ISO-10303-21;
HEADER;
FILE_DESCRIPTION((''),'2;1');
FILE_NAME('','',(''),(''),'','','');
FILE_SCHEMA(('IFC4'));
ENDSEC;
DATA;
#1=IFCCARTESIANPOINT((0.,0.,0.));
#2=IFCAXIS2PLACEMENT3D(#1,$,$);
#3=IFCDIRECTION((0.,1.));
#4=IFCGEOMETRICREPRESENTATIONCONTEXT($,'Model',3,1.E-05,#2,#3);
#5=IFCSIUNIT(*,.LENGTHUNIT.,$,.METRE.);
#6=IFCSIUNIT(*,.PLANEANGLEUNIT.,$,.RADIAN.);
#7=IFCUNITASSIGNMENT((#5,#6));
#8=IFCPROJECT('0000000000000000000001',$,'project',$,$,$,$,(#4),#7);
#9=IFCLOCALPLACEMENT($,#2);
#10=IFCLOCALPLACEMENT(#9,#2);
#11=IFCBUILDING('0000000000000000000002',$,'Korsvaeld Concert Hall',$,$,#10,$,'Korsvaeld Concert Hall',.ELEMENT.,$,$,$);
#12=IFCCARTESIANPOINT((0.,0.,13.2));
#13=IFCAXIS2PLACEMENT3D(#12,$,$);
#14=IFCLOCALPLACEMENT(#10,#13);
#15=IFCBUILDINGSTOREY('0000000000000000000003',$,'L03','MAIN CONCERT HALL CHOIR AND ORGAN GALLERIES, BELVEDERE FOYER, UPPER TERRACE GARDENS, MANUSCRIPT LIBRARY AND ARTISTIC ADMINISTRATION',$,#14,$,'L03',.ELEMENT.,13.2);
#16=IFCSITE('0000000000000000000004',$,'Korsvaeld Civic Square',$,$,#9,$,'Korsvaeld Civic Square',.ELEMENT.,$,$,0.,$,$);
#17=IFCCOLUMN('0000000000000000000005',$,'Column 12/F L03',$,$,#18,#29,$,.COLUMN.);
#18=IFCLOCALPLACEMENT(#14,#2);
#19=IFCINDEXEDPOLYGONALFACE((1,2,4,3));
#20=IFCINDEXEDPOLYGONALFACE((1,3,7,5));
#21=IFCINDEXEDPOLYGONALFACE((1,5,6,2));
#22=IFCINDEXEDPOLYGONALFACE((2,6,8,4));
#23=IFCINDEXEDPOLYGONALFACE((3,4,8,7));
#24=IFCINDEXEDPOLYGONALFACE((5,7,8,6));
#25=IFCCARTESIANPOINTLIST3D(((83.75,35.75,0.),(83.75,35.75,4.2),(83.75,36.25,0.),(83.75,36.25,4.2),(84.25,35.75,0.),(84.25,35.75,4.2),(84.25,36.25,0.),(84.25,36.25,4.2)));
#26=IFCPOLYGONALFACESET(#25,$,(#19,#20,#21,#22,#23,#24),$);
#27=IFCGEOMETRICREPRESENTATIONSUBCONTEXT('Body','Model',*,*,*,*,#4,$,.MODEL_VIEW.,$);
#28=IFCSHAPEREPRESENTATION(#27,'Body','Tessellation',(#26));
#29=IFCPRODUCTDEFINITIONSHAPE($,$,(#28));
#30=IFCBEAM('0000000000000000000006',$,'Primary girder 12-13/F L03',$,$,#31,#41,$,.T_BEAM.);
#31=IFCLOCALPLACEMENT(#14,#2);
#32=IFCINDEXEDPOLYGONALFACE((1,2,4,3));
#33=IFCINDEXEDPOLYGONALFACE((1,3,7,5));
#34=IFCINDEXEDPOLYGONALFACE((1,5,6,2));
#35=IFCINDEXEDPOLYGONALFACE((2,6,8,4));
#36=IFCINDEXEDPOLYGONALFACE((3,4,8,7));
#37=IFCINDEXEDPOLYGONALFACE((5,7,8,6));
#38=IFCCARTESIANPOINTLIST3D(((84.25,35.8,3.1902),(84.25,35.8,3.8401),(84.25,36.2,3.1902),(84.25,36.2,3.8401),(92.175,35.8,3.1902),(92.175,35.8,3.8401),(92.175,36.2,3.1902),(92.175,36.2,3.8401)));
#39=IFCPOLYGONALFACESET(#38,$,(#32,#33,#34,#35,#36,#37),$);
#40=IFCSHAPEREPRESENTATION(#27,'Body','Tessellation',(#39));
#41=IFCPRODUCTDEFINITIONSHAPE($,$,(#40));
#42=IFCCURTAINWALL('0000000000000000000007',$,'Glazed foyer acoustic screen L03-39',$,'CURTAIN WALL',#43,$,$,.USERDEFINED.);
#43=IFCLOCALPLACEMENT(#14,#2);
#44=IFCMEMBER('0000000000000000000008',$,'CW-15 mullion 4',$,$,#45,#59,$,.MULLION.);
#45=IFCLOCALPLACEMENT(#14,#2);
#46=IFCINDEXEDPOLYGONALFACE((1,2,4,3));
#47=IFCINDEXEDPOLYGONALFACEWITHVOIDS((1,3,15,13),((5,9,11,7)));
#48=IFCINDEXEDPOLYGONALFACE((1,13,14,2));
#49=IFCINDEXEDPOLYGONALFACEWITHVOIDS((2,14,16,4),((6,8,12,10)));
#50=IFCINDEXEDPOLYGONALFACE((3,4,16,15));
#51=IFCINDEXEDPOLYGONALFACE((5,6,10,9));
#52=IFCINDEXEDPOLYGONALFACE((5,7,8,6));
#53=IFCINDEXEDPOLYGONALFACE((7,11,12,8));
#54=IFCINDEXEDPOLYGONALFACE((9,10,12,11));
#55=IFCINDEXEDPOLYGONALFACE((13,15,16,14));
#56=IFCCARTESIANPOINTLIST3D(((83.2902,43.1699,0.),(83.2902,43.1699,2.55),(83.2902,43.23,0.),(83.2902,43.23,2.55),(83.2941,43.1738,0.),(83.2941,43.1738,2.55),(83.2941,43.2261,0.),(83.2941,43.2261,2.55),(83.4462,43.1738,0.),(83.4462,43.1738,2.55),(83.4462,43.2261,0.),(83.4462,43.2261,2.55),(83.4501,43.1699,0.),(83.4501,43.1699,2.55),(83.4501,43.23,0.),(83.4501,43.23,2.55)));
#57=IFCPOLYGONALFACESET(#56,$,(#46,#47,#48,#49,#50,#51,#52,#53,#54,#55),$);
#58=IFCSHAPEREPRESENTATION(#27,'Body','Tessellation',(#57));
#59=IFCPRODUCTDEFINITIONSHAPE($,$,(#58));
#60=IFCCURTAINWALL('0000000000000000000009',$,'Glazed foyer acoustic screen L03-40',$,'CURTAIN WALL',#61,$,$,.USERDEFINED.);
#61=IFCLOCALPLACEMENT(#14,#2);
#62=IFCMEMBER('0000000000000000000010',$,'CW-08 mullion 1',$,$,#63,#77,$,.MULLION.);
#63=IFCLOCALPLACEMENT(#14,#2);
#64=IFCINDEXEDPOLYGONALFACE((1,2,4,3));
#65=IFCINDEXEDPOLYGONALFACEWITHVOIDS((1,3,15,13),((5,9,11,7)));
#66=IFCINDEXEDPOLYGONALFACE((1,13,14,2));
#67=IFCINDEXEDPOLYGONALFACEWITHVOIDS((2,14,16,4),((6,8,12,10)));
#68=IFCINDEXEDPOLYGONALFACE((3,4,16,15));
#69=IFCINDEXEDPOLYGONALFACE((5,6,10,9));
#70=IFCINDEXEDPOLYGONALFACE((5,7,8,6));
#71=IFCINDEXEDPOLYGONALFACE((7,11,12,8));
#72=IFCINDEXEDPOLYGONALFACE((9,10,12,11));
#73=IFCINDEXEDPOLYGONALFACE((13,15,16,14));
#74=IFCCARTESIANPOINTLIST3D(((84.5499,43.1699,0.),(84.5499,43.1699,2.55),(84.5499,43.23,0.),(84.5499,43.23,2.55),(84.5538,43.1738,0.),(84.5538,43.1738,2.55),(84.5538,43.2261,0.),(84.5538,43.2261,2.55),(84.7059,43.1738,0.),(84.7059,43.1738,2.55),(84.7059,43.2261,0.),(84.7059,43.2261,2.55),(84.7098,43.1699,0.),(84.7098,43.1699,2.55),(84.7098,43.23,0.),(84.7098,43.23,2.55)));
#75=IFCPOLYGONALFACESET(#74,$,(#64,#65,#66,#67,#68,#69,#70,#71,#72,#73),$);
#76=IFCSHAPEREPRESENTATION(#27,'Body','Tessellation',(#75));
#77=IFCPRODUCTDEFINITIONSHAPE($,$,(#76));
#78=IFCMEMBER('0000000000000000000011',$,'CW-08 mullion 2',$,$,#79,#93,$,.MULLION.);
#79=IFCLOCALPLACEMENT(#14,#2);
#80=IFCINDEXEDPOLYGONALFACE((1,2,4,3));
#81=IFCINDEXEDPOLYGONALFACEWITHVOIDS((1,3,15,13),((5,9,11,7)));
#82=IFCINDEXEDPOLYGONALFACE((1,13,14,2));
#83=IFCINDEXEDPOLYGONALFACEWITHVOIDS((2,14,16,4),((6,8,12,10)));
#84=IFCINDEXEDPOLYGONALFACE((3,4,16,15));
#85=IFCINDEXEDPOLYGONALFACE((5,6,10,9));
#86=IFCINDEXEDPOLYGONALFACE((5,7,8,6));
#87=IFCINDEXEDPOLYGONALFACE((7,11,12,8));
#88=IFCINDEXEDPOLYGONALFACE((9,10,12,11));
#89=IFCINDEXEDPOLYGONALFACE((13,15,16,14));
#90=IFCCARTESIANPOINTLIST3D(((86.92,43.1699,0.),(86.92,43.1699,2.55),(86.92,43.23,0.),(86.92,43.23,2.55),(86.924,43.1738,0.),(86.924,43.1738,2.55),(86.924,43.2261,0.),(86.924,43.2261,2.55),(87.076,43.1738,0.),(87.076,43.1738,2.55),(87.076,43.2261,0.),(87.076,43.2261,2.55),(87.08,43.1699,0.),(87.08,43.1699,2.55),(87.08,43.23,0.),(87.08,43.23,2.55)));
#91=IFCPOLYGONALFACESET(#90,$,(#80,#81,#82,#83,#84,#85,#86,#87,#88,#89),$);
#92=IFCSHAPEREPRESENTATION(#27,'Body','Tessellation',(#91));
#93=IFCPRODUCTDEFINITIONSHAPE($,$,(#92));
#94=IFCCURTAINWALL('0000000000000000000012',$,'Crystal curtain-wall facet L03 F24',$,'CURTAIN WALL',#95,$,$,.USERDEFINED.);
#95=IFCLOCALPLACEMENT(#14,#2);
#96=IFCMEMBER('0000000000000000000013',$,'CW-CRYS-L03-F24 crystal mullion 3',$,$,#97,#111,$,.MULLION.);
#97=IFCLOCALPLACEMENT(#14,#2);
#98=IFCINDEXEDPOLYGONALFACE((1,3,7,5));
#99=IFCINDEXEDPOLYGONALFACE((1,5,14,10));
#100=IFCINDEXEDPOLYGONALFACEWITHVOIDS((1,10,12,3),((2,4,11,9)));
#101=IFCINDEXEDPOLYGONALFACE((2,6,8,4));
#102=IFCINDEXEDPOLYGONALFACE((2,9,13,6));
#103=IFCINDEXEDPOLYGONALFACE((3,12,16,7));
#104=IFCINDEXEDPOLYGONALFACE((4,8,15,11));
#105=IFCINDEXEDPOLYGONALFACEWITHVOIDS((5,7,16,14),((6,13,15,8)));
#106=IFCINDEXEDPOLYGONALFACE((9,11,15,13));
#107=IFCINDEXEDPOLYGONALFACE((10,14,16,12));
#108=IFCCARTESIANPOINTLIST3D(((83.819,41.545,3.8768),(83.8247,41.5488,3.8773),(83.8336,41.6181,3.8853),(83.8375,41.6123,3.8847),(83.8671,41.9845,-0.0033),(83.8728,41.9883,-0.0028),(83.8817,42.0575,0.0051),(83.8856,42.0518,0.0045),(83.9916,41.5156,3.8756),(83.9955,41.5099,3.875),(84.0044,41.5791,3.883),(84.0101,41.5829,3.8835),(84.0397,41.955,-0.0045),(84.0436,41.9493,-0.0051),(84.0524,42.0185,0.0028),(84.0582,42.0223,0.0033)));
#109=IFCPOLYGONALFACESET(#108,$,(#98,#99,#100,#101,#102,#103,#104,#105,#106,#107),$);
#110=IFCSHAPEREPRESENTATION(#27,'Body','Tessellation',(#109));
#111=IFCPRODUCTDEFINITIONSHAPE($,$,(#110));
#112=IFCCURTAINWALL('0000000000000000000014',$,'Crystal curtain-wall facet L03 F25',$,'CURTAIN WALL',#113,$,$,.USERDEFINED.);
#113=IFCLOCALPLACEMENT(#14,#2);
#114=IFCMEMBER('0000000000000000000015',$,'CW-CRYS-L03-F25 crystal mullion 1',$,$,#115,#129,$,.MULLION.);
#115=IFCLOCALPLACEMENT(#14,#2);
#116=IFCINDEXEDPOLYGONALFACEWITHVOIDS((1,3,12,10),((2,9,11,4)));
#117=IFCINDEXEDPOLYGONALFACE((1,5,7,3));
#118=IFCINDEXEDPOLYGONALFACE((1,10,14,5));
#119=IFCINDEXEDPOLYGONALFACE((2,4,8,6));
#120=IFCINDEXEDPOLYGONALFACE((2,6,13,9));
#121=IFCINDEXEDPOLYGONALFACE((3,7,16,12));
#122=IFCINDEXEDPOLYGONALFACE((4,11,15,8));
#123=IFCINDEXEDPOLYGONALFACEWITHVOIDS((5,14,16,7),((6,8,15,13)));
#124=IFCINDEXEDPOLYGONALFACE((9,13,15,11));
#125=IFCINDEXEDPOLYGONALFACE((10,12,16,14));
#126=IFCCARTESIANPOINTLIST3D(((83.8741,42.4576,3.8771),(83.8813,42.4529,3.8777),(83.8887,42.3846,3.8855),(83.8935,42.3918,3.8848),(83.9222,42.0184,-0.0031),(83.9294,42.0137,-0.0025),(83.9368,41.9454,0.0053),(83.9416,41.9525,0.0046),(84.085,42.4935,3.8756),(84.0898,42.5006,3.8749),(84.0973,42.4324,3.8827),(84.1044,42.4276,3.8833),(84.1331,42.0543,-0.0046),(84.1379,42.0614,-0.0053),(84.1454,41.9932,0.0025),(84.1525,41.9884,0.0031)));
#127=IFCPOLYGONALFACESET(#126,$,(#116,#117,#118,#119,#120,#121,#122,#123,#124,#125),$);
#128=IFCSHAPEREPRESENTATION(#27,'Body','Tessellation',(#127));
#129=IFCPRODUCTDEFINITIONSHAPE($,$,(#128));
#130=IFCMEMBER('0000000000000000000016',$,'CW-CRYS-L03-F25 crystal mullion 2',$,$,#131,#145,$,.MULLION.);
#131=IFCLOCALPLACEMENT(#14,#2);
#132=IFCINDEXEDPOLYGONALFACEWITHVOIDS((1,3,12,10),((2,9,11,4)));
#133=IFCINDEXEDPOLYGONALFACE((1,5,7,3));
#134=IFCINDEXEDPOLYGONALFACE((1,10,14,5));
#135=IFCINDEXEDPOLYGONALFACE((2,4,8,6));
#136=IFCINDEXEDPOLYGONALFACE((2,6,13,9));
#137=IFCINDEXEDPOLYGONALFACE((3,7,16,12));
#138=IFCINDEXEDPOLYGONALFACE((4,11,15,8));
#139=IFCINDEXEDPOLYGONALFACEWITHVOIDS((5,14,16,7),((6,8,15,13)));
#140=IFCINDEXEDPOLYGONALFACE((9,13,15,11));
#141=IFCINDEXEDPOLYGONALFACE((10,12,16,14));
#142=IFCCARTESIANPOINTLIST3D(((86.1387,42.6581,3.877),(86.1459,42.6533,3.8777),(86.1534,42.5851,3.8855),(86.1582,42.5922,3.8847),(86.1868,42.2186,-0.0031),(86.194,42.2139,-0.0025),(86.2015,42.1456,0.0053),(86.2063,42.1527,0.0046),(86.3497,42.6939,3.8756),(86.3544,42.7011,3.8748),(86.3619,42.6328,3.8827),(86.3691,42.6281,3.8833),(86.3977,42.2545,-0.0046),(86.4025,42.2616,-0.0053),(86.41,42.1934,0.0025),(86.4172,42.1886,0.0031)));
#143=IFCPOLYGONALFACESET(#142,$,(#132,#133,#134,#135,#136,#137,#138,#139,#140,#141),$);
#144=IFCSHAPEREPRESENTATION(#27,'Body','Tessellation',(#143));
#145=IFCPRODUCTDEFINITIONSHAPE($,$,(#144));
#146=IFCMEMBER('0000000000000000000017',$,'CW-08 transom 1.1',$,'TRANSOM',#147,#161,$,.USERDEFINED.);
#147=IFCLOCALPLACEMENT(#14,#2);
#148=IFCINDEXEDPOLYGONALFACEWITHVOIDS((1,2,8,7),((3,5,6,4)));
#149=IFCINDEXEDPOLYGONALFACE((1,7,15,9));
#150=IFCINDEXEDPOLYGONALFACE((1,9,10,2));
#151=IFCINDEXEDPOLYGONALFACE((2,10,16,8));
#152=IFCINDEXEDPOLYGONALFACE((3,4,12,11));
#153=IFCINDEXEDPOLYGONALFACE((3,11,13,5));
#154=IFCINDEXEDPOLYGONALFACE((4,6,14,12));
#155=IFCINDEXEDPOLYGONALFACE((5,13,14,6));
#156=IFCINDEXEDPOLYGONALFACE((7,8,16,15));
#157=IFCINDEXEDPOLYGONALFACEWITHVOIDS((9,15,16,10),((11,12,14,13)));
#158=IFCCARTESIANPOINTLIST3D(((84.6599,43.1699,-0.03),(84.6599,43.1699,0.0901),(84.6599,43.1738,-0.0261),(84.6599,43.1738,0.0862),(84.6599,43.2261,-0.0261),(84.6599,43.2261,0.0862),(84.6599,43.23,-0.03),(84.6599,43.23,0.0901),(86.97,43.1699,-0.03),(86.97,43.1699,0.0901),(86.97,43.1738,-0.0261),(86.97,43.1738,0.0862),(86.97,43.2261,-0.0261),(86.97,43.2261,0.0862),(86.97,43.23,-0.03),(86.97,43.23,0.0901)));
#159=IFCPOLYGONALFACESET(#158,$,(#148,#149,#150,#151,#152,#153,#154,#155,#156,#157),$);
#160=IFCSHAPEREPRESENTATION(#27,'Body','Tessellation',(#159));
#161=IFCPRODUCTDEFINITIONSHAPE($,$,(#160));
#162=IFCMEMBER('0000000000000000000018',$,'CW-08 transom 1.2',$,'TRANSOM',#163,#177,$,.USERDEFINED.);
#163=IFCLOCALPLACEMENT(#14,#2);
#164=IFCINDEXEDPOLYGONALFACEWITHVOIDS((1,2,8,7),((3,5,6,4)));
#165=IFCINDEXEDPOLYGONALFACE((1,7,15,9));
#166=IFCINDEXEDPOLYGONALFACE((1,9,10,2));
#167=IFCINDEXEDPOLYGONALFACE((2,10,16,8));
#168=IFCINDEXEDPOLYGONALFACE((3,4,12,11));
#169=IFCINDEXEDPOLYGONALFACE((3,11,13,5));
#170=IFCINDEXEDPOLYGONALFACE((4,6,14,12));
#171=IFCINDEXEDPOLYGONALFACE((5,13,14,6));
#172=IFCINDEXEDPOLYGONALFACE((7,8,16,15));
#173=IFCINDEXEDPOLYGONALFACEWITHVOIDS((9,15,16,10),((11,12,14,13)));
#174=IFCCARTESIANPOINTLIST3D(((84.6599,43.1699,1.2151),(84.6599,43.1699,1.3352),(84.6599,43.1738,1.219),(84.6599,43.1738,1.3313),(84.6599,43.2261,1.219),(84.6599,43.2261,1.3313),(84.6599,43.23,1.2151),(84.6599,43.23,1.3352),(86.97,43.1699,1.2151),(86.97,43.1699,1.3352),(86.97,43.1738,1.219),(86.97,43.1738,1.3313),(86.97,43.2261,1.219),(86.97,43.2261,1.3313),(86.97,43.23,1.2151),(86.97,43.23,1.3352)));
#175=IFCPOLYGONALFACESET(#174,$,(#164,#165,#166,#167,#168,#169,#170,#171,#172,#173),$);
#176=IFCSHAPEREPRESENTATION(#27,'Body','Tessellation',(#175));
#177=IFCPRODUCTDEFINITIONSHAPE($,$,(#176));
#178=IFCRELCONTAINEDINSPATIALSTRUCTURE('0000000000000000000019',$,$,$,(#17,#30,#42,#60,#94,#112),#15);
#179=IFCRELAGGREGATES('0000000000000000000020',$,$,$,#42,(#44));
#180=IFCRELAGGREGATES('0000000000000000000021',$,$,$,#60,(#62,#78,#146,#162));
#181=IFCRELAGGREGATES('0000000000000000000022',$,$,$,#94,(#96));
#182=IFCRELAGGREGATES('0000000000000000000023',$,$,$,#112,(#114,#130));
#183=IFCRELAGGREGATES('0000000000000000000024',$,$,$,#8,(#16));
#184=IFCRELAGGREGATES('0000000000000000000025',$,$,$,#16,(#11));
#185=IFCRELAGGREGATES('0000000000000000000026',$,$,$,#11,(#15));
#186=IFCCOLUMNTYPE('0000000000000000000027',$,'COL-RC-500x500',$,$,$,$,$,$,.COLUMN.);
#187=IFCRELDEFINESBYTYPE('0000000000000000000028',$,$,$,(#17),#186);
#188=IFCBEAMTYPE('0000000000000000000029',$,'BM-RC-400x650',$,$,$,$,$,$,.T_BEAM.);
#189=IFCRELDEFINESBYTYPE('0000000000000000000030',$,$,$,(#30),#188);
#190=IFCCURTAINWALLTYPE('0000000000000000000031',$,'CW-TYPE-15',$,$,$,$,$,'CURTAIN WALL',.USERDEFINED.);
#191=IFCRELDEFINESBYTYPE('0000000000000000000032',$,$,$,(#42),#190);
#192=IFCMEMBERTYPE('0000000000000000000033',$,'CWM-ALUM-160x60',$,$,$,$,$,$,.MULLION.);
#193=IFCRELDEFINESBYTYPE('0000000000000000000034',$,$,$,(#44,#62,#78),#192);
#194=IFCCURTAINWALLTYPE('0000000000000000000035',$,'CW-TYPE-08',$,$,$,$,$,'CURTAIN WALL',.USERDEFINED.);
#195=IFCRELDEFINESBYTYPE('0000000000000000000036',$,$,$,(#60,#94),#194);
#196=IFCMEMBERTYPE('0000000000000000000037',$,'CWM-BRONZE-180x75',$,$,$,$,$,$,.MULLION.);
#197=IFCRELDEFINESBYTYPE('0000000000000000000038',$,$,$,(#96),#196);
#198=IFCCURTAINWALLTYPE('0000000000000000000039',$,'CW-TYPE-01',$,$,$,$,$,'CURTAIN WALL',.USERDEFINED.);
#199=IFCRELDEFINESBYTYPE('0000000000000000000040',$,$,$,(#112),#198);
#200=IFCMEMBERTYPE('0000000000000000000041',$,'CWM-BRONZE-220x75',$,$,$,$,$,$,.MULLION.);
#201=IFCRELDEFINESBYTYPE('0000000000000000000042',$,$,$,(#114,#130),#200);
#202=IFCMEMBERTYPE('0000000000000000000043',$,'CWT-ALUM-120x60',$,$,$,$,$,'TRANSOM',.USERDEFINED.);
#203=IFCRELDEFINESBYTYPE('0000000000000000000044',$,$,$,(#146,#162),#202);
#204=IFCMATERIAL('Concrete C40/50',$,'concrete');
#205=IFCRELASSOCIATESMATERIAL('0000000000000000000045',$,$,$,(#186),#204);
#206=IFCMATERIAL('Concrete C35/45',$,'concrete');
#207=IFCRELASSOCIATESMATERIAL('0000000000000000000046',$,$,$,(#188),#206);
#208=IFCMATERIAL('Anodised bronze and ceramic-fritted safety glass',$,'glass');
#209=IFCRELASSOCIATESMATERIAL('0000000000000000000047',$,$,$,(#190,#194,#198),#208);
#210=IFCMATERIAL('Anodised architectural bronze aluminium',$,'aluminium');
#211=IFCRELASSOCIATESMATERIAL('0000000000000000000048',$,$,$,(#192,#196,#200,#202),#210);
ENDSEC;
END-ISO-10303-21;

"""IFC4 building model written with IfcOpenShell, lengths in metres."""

from ifc_helpers import new_model, si_unit, direction, frame, origin, origin_2d, place, context, subcontext, project, spatial, rectangle, hollow_rectangle, extrude, material, material_profile, profile_set, type_object, element, aggregate, save


model = new_model("IFC4")

# Units and contexts
model_context = context("Model", 3, precision=1e-05, world=origin(), true_north=direction((0.0, 1.0)))
body_context = subcontext(model_context, "Body", "Model", "MODEL_VIEW")
ifc_project = project(units=[si_unit("LENGTHUNIT", "METRE"), si_unit("PLANEANGLEUNIT", "RADIAN")], contexts=[model_context])

# Site, building, storey
site_placement = place(None, origin())
site = spatial("IfcSite", under=ifc_project, at=site_placement, Name="Korsvaeld Civic Square", LongName="Korsvaeld Civic Square", CompositionType="ELEMENT", RefElevation=0.0)
building_placement = place(site_placement, origin())
building = spatial("IfcBuilding", under=site, at=building_placement, Name="Korsvaeld Concert Hall", LongName="Korsvaeld Concert Hall", CompositionType="ELEMENT")
storey_placement = place(building_placement, frame((0.0, 0.0, 13.2)))
storey = spatial("IfcBuildingStorey", under=building, at=storey_placement, Name="L03", Description="MAIN CONCERT HALL CHOIR AND ORGAN GALLERIES, BELVEDERE FOYER, UPPER TERRACE GARDENS, MANUSCRIPT LIBRARY AND ARTISTIC ADMINISTRATION", LongName="L03", CompositionType="ELEMENT", Elevation=13.2)

# Column
ifc_material_1 = material(Name="Concrete C40/50", Category="concrete")
ifc_material_profile_1 = material_profile(ifc_material_1, rectangle(XDim=0.5, YDim=0.5, at=origin_2d()), Name="RC 500x500")
ifc_profile_set_1 = profile_set([ifc_material_profile_1], Name="Concrete C40/50")
column_type = type_object("IfcColumnType", Name="COL-RC-500x500", PredefinedType="COLUMN", material=ifc_profile_set_1)
column_placement = place(storey_placement, frame((84.0, 36.0, 0.0), z_axis=(0.0, 0.0, 1.0), x_axis=(1.0, 0.0, 0.0)))
element("IfcColumn", 1, at=column_placement, inside=storey, type_object=column_type, Name="Column 12/F L03", PredefinedType="COLUMN", context=body_context, shape_type="SweptSolid", body=[
    extrude(rectangle(XDim=0.5, YDim=0.5, at=origin_2d()), origin(), (0.0, 0.0, 1.0), 4.2),
])

# Beam
ifc_material_2 = material(Name="Concrete C35/45", Category="concrete")
ifc_material_profile_2 = material_profile(ifc_material_2, rectangle(XDim=0.3999, YDim=0.6499, at=origin_2d()), Name="RC 400x650")
ifc_profile_set_2 = profile_set([ifc_material_profile_2], Name="Concrete C35/45")
beam_type = type_object("IfcBeamType", Name="BM-RC-400x650", PredefinedType="T_BEAM", material=ifc_profile_set_2)
beam_placement = place(storey_placement, frame((84.25, 36.0, 3.5151), z_axis=(1.0, 0.0, 0.0), x_axis=(0.0, 1.0, 0.0)))
element("IfcBeam", 2, at=beam_placement, inside=storey, type_object=beam_type, Name="Primary girder 12-13/F L03", PredefinedType="T_BEAM", context=body_context, shape_type="SweptSolid", body=[
    extrude(rectangle(XDim=0.3999, YDim=0.6499, at=origin_2d()), origin(), (0.0, 0.0, 1.0), 7.925),
])

# Curtain wall, member
ifc_material_3 = material(Name="Anodised bronze and ceramic-fritted safety glass", Category="glass")
curtain_wall_type_1 = type_object("IfcCurtainWallType", Name="CW-TYPE-15", ElementType="CURTAIN WALL", PredefinedType="USERDEFINED", material=ifc_material_3)
curtain_wall_1_placement = place(storey_placement, origin())
curtain_wall_1 = element("IfcCurtainWall", 3, at=curtain_wall_1_placement, inside=storey, type_object=curtain_wall_type_1, Name="Glazed foyer acoustic screen L03-39", ObjectType="CURTAIN WALL", PredefinedType="USERDEFINED")
ifc_material_4 = material(Name="Anodised architectural bronze aluminium", Category="aluminium")
ifc_material_profile_3 = material_profile(ifc_material_4, hollow_rectangle(XDim=0.0601, YDim=0.1599, WallThickness=0.0039, at=origin_2d()), Name="CWM 160x60x4")
ifc_profile_set_3 = profile_set([ifc_material_profile_3], Name="Anodised architectural bronze aluminium")
member_type_1 = type_object("IfcMemberType", Name="CWM-ALUM-160x60", PredefinedType="MULLION", material=ifc_profile_set_3)
member_1_placement = place(storey_placement, frame((83.3701, 43.2, 0.0), z_axis=(0.0, 0.0, 1.0), x_axis=(0.0, 1.0, 0.0)))
member_1 = element("IfcMember", 4, at=member_1_placement, type_object=member_type_1, Name="CW-15 mullion 4", PredefinedType="MULLION", context=body_context, shape_type="SweptSolid", body=[
    extrude(hollow_rectangle(XDim=0.0601, YDim=0.1599, WallThickness=0.0039, at=origin_2d()), origin(), (0.0, 0.0, 1.0), 2.55),
])

# Curtain wall, members
curtain_wall_type_2 = type_object("IfcCurtainWallType", Name="CW-TYPE-08", ElementType="CURTAIN WALL", PredefinedType="USERDEFINED", material=ifc_material_3)
curtain_wall_2_placement = place(storey_placement, origin())
curtain_wall_2 = element("IfcCurtainWall", 5, at=curtain_wall_2_placement, inside=storey, type_object=curtain_wall_type_2, Name="Glazed foyer acoustic screen L03-40", ObjectType="CURTAIN WALL", PredefinedType="USERDEFINED")
member_2_placement = place(storey_placement, frame((84.6299, 43.2, 0.0), z_axis=(0.0, 0.0, 1.0), x_axis=(0.0, 1.0, 0.0)))
member_2 = element("IfcMember", 6, at=member_2_placement, type_object=member_type_1, Name="CW-08 mullion 1", PredefinedType="MULLION", context=body_context, shape_type="SweptSolid", body=[
    extrude(hollow_rectangle(XDim=0.0601, YDim=0.1599, WallThickness=0.0039, at=origin_2d()), origin(), (0.0, 0.0, 1.0), 2.55),
])
member_3_placement = place(storey_placement, frame((87.0, 43.2, 0.0), z_axis=(0.0, 0.0, 1.0), x_axis=(0.0, 1.0, 0.0)))
member_3 = element("IfcMember", 7, at=member_3_placement, type_object=member_type_1, Name="CW-08 mullion 2", PredefinedType="MULLION", context=body_context, shape_type="SweptSolid", body=[
    extrude(hollow_rectangle(XDim=0.0601, YDim=0.1599, WallThickness=0.0039, at=origin_2d()), origin(), (0.0, 0.0, 1.0), 2.55),
])

# Curtain wall, member
curtain_wall_3_placement = place(storey_placement, origin())
curtain_wall_3 = element("IfcCurtainWall", 8, at=curtain_wall_3_placement, inside=storey, type_object=curtain_wall_type_2, Name="Crystal curtain-wall facet L03 F24", ObjectType="CURTAIN WALL", PredefinedType="USERDEFINED")
ifc_material_profile_4 = material_profile(ifc_material_4, hollow_rectangle(XDim=0.075, YDim=0.1799, WallThickness=0.0049, at=origin_2d()), Name="CWM 180x75x5")
ifc_profile_set_4 = profile_set([ifc_material_profile_4], Name="Anodised architectural bronze aluminium")
member_type_2 = type_object("IfcMemberType", Name="CWM-BRONZE-180x75", PredefinedType="MULLION", material=ifc_profile_set_4)
member_4_placement = place(storey_placement, frame((83.9626, 42.0034, 0.0), z_axis=(-0.012316, -0.112529, 0.993572), x_axis=(0.195294, 0.974241, 0.112761)))
member_4 = element("IfcMember", 9, at=member_4_placement, type_object=member_type_2, Name="CW-CRYS-L03-F24 crystal mullion 3", PredefinedType="MULLION", context=body_context, shape_type="SweptSolid", body=[
    extrude(hollow_rectangle(XDim=0.075, YDim=0.1799, WallThickness=0.0049, at=origin_2d()), origin(), (0.0, 0.0, 1.0), 3.9053),
])

# Curtain wall, members
curtain_wall_type_3 = type_object("IfcCurtainWallType", Name="CW-TYPE-01", ElementType="CURTAIN WALL", PredefinedType="USERDEFINED", material=ifc_material_3)
curtain_wall_4_placement = place(storey_placement, origin())
curtain_wall_4 = element("IfcCurtainWall", 10, at=curtain_wall_4_placement, inside=storey, type_object=curtain_wall_type_3, Name="Crystal curtain-wall facet L03 F25", ObjectType="CURTAIN WALL", PredefinedType="USERDEFINED")
ifc_material_profile_5 = material_profile(ifc_material_4, hollow_rectangle(XDim=0.075, YDim=0.22, WallThickness=0.0061, at=origin_2d()), Name="CWM 220x75x6")
ifc_profile_set_5 = profile_set([ifc_material_profile_5], Name="Anodised architectural bronze aluminium")
member_type_3 = type_object("IfcMemberType", Name="CWM-BRONZE-220x75", PredefinedType="MULLION", material=ifc_profile_set_5)
member_5_placement = place(storey_placement, frame((84.0374, 42.0034, 0.0), z_axis=(-0.012316, 0.112468, 0.993579), x_axis=(0.195353, -0.974236, 0.1127)))
member_5 = element("IfcMember", 11, at=member_5_placement, type_object=member_type_3, Name="CW-CRYS-L03-F25 crystal mullion 1", PredefinedType="MULLION", context=body_context, shape_type="SweptSolid", body=[
    extrude(hollow_rectangle(XDim=0.075, YDim=0.22, WallThickness=0.0061, at=origin_2d()), origin(), (0.0, 0.0, 1.0), 3.9053),
])
member_6_placement = place(storey_placement, frame((86.302, 42.2036, 0.0), z_axis=(-0.012316, 0.112529, 0.993572), x_axis=(0.195294, -0.974241, 0.112761)))
member_6 = element("IfcMember", 12, at=member_6_placement, type_object=member_type_3, Name="CW-CRYS-L03-F25 crystal mullion 2", PredefinedType="MULLION", context=body_context, shape_type="SweptSolid", body=[
    extrude(hollow_rectangle(XDim=0.075, YDim=0.22, WallThickness=0.0061, at=origin_2d()), origin(), (0.0, 0.0, 1.0), 3.9053),
])

# Members
ifc_material_profile_6 = material_profile(ifc_material_4, hollow_rectangle(XDim=0.0601, YDim=0.1201, WallThickness=0.0039, at=origin_2d()), Name="CWT 120x60x4")
ifc_profile_set_6 = profile_set([ifc_material_profile_6], Name="Anodised architectural bronze aluminium")
member_type_4 = type_object("IfcMemberType", Name="CWT-ALUM-120x60", ElementType="TRANSOM", PredefinedType="USERDEFINED", material=ifc_profile_set_6)
member_7_placement = place(storey_placement, frame((84.6599, 43.2, 0.03), z_axis=(1.0, 0.0, 0.0), x_axis=(0.0, 1.0, 0.0)))
member_7 = element("IfcMember", 13, at=member_7_placement, type_object=member_type_4, Name="CW-08 transom 1.1", ObjectType="TRANSOM", PredefinedType="USERDEFINED", context=body_context, shape_type="SweptSolid", body=[
    extrude(hollow_rectangle(XDim=0.0601, YDim=0.1201, WallThickness=0.0039, at=origin_2d()), origin(), (0.0, 0.0, 1.0), 2.3101),
])
member_8_placement = place(storey_placement, frame((84.6599, 43.2, 1.2751), z_axis=(1.0, 0.0, 0.0), x_axis=(0.0, 1.0, 0.0)))
member_8 = element("IfcMember", 14, at=member_8_placement, type_object=member_type_4, Name="CW-08 transom 1.2", ObjectType="TRANSOM", PredefinedType="USERDEFINED", context=body_context, shape_type="SweptSolid", body=[
    extrude(hollow_rectangle(XDim=0.0601, YDim=0.1201, WallThickness=0.0039, at=origin_2d()), origin(), (0.0, 0.0, 1.0), 2.3101),
])

aggregate(curtain_wall_1, [member_1])
aggregate(curtain_wall_2, [member_2, member_3, member_7, member_8])
aggregate(curtain_wall_3, [member_4])
aggregate(curtain_wall_4, [member_5, member_6])

save(model, "model.ifc")
